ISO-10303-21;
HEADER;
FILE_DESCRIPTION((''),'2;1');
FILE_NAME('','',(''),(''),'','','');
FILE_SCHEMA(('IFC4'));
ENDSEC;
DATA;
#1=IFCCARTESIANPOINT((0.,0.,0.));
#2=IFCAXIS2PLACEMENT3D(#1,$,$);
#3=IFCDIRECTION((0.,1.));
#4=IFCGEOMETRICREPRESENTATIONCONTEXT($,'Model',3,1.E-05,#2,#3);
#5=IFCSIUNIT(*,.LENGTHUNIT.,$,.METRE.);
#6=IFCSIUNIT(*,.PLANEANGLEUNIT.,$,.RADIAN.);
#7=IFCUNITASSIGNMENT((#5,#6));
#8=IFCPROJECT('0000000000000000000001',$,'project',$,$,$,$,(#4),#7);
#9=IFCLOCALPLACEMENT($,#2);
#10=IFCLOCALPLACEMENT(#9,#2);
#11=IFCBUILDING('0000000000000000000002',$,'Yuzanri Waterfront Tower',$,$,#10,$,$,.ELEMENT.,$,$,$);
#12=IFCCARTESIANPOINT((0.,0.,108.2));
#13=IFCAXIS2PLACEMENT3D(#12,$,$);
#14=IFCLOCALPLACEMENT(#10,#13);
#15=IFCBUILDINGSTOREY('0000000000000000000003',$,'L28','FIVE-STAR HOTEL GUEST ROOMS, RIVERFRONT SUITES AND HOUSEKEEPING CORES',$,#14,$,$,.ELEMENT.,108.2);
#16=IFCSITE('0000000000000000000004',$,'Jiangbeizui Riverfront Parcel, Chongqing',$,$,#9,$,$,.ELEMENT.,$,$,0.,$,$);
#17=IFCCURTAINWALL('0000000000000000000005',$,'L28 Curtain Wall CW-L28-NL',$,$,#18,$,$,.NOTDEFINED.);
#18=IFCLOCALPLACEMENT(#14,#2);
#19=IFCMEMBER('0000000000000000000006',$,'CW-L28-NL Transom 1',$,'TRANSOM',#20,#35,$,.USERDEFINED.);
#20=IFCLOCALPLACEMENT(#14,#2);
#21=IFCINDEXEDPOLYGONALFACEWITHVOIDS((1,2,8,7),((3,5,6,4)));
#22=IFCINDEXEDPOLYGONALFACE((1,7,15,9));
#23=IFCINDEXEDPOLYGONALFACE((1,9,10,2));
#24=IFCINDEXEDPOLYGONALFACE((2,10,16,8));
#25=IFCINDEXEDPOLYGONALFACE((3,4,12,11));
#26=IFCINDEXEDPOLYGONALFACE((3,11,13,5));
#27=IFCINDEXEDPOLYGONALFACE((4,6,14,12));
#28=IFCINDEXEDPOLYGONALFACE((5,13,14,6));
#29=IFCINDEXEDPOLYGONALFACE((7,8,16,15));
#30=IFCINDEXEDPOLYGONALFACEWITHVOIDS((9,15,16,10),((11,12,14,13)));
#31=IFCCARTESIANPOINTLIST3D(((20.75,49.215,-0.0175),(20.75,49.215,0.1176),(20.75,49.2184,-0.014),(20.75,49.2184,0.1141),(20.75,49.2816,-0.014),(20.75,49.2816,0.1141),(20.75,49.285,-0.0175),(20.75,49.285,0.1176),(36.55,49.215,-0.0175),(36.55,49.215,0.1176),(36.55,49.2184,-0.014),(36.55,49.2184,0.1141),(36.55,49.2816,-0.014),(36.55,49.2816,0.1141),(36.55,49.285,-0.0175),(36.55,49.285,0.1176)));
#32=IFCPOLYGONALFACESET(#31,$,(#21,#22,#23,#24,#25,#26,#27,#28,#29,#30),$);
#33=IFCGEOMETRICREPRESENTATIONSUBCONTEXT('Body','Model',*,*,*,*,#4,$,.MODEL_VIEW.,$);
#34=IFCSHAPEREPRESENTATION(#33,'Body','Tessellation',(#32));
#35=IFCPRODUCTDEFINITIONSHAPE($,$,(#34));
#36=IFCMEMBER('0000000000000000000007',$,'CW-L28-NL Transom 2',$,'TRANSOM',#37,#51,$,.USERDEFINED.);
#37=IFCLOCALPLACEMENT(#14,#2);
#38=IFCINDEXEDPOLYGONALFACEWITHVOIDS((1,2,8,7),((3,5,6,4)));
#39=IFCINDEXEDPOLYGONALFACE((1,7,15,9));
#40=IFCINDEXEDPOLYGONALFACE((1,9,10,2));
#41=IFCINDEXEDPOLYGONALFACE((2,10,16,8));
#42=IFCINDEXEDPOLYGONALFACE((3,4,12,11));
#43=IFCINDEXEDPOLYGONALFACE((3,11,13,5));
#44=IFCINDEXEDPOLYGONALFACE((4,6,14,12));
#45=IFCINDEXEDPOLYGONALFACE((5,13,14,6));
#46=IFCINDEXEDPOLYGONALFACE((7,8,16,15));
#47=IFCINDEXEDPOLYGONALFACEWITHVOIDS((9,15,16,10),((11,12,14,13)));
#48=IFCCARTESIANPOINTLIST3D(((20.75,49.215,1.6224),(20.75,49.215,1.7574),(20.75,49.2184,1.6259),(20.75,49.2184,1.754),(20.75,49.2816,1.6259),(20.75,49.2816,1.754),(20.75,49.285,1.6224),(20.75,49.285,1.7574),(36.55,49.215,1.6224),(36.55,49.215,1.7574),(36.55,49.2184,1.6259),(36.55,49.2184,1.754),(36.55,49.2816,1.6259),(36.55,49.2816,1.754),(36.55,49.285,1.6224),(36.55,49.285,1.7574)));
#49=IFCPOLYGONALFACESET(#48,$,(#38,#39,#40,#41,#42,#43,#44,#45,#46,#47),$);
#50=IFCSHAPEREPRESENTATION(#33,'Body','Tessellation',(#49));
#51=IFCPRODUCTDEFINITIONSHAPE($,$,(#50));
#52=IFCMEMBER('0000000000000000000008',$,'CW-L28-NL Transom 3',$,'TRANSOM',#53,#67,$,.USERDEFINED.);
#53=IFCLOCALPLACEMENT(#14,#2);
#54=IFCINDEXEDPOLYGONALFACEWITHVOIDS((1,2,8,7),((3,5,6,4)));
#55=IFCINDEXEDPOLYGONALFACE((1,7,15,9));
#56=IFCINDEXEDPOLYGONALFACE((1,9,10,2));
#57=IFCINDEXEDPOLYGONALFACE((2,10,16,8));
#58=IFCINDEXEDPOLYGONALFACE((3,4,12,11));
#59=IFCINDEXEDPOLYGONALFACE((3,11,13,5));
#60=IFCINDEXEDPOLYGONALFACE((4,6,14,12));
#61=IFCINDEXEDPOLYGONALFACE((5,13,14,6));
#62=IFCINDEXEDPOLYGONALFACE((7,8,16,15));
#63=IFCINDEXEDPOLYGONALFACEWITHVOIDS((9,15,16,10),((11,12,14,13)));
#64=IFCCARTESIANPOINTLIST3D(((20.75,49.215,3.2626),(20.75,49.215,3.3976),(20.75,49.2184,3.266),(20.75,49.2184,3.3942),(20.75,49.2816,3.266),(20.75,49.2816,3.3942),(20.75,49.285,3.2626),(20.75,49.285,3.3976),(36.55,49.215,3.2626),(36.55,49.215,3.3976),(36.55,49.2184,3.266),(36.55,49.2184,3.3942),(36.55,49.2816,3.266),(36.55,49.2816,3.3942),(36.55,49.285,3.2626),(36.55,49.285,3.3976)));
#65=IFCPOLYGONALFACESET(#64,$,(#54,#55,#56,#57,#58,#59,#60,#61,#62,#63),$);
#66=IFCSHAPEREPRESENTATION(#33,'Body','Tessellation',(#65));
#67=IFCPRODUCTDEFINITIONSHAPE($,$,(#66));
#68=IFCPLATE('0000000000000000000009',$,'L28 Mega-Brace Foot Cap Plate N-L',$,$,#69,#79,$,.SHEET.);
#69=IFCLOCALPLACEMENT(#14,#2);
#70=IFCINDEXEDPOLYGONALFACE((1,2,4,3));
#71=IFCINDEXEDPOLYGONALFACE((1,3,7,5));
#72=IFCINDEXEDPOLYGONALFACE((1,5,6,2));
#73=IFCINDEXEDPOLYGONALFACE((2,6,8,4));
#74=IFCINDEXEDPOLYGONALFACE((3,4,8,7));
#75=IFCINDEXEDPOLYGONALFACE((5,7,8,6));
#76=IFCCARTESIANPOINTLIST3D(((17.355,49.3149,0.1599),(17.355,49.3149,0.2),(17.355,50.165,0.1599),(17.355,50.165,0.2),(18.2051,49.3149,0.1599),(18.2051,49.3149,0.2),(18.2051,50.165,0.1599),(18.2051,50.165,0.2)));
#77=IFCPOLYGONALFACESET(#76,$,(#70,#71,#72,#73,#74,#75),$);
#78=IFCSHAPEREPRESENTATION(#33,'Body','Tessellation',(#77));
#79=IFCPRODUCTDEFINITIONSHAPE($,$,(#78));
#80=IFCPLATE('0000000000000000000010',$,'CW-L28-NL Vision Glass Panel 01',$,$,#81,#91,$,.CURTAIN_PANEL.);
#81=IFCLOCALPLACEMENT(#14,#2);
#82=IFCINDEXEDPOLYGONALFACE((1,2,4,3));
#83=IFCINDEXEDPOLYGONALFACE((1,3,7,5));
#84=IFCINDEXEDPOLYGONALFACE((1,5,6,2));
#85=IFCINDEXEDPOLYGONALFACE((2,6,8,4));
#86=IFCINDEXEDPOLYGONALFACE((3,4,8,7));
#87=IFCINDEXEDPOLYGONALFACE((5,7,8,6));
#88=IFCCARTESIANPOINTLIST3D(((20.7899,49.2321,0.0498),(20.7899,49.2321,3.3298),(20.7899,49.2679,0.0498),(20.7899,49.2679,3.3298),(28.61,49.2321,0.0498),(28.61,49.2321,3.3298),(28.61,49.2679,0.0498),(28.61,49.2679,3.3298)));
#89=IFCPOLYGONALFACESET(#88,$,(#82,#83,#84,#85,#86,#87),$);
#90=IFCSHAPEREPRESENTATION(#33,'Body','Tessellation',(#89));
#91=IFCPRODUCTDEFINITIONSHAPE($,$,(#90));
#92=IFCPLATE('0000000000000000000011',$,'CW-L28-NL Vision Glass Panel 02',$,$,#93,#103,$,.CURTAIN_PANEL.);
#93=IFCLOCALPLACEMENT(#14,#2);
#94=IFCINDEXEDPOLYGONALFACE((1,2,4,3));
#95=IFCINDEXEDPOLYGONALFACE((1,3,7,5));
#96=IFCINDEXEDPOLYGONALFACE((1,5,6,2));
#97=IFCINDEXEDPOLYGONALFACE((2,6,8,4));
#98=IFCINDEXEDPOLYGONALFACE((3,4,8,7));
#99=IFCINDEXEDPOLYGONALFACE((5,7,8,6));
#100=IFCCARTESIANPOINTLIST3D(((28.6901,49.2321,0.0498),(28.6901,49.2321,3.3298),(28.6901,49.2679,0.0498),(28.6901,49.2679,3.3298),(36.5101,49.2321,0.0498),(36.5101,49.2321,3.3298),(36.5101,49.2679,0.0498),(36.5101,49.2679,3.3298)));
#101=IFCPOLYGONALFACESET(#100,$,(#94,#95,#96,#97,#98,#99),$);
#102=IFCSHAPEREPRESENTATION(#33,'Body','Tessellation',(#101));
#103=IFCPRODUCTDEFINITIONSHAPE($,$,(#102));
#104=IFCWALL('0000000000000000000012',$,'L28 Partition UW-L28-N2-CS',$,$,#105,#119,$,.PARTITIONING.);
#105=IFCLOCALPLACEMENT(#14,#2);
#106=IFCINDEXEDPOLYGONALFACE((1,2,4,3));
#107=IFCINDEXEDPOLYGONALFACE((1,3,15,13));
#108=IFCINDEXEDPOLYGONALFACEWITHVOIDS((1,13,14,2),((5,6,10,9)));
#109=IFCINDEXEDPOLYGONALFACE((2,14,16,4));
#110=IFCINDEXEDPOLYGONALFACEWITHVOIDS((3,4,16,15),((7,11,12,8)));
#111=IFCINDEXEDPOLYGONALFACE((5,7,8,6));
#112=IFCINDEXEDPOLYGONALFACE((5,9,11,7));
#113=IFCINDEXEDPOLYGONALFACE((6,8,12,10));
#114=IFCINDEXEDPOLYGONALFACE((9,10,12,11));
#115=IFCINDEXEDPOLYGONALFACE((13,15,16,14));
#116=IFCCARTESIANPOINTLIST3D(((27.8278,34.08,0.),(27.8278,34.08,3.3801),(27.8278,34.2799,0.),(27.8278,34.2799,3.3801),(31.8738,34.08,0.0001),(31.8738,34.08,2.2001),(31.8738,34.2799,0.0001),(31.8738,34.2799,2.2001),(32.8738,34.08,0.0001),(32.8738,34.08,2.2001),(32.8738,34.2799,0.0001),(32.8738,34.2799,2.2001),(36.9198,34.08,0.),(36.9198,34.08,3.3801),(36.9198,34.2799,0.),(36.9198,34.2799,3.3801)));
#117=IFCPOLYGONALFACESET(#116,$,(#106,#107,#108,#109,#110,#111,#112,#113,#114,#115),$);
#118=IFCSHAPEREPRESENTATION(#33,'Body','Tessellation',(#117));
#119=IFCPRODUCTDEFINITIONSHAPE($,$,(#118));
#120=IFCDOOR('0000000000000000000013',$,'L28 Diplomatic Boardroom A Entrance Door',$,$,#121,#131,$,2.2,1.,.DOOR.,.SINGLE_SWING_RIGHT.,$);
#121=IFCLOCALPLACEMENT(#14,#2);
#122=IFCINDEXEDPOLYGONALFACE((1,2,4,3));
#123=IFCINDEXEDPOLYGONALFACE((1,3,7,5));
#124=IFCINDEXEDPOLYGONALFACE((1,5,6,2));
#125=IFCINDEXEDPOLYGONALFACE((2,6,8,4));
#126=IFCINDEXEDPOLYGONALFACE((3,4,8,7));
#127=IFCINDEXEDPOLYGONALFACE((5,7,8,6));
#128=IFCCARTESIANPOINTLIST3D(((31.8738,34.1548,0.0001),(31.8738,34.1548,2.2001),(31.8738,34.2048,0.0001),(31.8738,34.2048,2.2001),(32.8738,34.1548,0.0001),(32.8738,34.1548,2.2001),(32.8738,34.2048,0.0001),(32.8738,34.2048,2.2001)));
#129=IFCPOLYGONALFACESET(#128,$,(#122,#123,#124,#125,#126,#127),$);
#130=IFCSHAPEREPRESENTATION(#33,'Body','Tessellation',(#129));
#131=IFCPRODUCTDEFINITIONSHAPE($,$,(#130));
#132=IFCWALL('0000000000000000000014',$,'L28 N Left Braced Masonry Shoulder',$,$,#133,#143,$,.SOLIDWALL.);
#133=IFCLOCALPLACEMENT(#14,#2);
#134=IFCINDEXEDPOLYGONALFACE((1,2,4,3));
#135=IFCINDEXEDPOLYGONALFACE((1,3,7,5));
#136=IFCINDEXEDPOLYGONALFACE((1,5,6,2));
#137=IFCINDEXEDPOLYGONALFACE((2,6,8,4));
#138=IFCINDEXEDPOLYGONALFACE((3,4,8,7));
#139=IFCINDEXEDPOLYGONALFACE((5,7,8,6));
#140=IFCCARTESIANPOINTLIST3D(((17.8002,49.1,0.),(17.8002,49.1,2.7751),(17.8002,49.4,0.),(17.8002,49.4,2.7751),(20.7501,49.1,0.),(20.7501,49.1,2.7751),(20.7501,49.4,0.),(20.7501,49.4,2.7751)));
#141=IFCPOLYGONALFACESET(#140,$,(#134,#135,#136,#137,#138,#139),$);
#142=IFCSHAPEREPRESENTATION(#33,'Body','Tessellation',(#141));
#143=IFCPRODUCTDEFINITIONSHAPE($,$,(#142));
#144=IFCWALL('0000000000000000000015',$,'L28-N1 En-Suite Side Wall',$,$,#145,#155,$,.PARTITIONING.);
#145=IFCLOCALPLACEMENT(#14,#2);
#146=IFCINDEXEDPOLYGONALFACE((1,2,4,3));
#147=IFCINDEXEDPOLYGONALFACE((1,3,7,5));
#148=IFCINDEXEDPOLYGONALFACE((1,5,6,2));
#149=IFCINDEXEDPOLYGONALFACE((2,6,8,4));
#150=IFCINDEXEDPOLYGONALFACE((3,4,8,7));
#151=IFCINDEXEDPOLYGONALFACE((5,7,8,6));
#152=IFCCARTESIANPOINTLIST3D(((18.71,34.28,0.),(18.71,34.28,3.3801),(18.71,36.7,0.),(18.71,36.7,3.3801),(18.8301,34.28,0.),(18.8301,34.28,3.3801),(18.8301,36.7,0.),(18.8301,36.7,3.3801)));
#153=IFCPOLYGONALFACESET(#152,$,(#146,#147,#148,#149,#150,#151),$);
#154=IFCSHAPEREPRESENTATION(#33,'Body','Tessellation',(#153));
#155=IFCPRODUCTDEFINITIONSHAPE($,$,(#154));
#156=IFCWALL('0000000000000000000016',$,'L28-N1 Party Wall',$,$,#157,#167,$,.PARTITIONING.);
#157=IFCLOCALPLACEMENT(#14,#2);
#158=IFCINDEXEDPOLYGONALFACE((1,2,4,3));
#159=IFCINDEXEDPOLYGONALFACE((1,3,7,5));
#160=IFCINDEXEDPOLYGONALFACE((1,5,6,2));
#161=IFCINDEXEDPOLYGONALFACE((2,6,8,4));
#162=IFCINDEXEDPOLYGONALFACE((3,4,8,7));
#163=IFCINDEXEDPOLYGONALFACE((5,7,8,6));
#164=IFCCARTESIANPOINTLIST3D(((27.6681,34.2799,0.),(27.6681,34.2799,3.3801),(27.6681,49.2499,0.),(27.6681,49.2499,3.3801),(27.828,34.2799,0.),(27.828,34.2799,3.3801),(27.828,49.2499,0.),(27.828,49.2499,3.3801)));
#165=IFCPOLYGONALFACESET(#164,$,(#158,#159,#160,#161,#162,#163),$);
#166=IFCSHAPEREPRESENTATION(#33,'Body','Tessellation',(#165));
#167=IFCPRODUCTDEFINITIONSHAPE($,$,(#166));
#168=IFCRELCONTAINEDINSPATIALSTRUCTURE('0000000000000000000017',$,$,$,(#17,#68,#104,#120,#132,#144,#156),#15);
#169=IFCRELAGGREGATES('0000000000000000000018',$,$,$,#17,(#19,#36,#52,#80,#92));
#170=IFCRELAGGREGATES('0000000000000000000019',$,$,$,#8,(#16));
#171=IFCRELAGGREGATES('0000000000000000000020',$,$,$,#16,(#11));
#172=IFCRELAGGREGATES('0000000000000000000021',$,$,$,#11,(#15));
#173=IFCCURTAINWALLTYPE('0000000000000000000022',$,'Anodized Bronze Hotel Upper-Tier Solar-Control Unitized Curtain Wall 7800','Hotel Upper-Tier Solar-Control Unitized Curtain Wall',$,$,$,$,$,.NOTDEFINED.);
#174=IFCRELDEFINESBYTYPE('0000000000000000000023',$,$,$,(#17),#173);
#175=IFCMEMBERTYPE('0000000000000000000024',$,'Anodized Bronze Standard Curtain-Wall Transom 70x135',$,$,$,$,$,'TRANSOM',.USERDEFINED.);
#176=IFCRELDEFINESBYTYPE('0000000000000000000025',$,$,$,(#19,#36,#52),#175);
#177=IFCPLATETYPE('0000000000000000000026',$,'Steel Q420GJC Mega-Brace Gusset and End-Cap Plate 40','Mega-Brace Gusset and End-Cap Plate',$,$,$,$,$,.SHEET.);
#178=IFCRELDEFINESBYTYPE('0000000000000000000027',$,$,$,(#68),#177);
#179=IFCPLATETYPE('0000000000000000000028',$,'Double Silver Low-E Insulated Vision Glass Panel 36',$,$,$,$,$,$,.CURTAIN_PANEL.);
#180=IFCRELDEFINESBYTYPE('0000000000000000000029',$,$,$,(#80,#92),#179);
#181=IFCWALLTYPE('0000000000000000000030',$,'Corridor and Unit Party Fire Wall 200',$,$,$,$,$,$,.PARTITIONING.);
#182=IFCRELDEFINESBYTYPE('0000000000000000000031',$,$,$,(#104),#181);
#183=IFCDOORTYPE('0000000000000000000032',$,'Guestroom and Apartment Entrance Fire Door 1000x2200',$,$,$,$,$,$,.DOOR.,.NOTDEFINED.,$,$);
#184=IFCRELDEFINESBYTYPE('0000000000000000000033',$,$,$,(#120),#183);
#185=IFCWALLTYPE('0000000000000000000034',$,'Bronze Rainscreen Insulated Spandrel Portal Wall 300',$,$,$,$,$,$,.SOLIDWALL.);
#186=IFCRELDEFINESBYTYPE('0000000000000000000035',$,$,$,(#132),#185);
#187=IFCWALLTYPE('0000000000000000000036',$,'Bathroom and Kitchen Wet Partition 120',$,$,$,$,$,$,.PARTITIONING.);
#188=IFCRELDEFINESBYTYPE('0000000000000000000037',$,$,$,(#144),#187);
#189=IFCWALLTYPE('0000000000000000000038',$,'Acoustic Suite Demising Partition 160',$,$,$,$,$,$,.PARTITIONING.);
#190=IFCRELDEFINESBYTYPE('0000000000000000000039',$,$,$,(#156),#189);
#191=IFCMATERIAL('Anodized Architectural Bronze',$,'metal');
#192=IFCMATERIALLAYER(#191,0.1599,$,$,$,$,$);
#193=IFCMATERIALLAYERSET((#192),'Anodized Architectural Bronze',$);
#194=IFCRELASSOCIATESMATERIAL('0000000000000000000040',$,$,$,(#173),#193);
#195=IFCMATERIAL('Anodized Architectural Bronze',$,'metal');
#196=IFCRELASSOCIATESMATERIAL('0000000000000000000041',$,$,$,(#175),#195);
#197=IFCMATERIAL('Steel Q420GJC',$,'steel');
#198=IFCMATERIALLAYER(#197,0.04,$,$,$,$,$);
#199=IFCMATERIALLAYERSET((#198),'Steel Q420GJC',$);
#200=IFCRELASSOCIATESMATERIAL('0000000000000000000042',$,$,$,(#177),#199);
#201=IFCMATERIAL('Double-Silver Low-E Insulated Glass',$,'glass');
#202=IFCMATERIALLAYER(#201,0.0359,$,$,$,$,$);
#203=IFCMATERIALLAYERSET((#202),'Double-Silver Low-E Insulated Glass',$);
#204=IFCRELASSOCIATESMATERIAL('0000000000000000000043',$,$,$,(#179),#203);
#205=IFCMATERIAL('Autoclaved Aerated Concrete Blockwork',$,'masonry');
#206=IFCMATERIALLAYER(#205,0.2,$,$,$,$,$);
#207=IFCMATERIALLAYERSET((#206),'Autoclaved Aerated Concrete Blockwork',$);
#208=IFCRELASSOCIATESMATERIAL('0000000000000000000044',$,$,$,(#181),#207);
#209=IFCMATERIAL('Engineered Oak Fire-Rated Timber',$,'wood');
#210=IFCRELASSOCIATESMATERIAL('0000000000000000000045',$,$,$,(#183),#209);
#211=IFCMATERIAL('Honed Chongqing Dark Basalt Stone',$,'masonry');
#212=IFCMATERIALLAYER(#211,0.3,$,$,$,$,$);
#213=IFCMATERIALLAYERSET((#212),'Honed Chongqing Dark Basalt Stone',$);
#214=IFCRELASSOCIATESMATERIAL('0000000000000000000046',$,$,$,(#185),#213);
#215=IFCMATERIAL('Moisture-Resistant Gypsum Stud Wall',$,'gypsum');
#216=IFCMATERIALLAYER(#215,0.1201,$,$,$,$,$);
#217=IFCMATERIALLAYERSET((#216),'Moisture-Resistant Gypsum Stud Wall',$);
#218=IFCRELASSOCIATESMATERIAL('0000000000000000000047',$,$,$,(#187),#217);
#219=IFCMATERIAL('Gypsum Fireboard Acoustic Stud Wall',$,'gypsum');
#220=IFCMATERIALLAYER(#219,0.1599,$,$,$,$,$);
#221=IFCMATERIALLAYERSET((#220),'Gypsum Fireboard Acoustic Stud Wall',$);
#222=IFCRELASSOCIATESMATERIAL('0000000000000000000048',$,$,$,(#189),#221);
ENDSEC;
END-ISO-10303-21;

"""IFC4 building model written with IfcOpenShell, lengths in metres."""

from ifc_helpers import new_model, si_unit, direction, frame, frame_2d, origin, origin_2d, place, context, subcontext, project, spatial, rectangle, hollow_rectangle, extrude, source, transform, mapped, material, layer, layer_set, material_profile, profile_set, type_object, element, fill, aggregate, save


model = new_model("IFC4")

# Units and contexts
model_context = context("Model", 3, precision=1e-05, world=origin(), true_north=direction((0.0, 1.0)))
body_context = subcontext(model_context, "Body", "Model", "MODEL_VIEW")
ifc_project = project(units=[si_unit("LENGTHUNIT", "METRE"), si_unit("PLANEANGLEUNIT", "RADIAN")], contexts=[model_context])

# Site, building, storey
site_placement = place(None, origin())
site = spatial("IfcSite", under=ifc_project, at=site_placement, Name="Jiangbeizui Riverfront Parcel, Chongqing", CompositionType="ELEMENT", RefElevation=0.0)
building_placement = place(site_placement, origin())
building = spatial("IfcBuilding", under=site, at=building_placement, Name="Yuzanri Waterfront Tower", CompositionType="ELEMENT")
storey_placement = place(building_placement, frame((0.0, 0.0, 108.2)))
storey = spatial("IfcBuildingStorey", under=building, at=storey_placement, Name="L28", Description="FIVE-STAR HOTEL GUEST ROOMS, RIVERFRONT SUITES AND HOUSEKEEPING CORES", CompositionType="ELEMENT", Elevation=108.2)

# Curtain wall, members
ifc_material_1 = material(Name="Anodized Architectural Bronze", Category="metal")
ifc_layer_1 = layer(ifc_material_1, 0.1599)
ifc_layer_set_1 = layer_set([ifc_layer_1], Name="Anodized Architectural Bronze")
curtain_wall_type = type_object("IfcCurtainWallType", Name="Anodized Bronze Hotel Upper-Tier Solar-Control Unitized Curtain Wall 7800", Description="Hotel Upper-Tier Solar-Control Unitized Curtain Wall", PredefinedType="NOTDEFINED", material=ifc_layer_set_1)
curtain_wall_placement = place(storey_placement, origin())
curtain_wall = element("IfcCurtainWall", 1, at=curtain_wall_placement, inside=storey, type_object=curtain_wall_type, Name="L28 Curtain Wall CW-L28-NL", PredefinedType="NOTDEFINED")
ifc_material_2 = material(Name="Anodized Architectural Bronze", Category="metal")
ifc_material_profile_1 = material_profile(ifc_material_2, hollow_rectangle(XDim=0.0701, YDim=0.135, WallThickness=0.0034, at=origin_2d()), Name="CWT 70x135")
ifc_profile_set_1 = profile_set([ifc_material_profile_1], Name="Anodized Architectural Bronze")
member_type_1 = type_object("IfcMemberType", Name="Anodized Bronze Standard Curtain-Wall Transom 70x135", ElementType="TRANSOM", PredefinedType="USERDEFINED", material=ifc_profile_set_1)
shared_shape_1 = source(origin(), body_context, "Body", "SweptSolid", [
    extrude(hollow_rectangle(XDim=0.0701, YDim=0.135, WallThickness=0.0034, at=origin_2d()), origin(), (0.0, 0.0, 1.0), 15.8),
])
member_1_placement = place(storey_placement, frame((20.75, 49.25, 0.05), z_axis=(1.0, 0.0, 0.0), x_axis=(0.0, 1.0, 0.0)))
member_1 = element("IfcMember", 2, at=member_1_placement, type_object=member_type_1, Name="CW-L28-NL Transom 1", ObjectType="TRANSOM", PredefinedType="USERDEFINED", context=body_context, shape_type="MappedRepresentation", body=[
    mapped(shared_shape_1, transform((0.0, 0.0, 0.0), scale=1.0)),
])
member_2_placement = place(storey_placement, frame((20.75, 49.25, 1.6899), z_axis=(1.0, 0.0, 0.0), x_axis=(0.0, 1.0, 0.0)))
member_2 = element("IfcMember", 3, at=member_2_placement, type_object=member_type_1, Name="CW-L28-NL Transom 2", ObjectType="TRANSOM", PredefinedType="USERDEFINED", context=body_context, shape_type="MappedRepresentation", body=[
    mapped(shared_shape_1, transform((0.0, 0.0, 0.0), scale=1.0)),
])
member_3_placement = place(storey_placement, frame((20.75, 49.25, 3.3301), z_axis=(1.0, 0.0, 0.0), x_axis=(0.0, 1.0, 0.0)))
member_3 = element("IfcMember", 4, at=member_3_placement, type_object=member_type_1, Name="CW-L28-NL Transom 3", ObjectType="TRANSOM", PredefinedType="USERDEFINED", context=body_context, shape_type="MappedRepresentation", body=[
    mapped(shared_shape_1, transform((0.0, 0.0, 0.0), scale=1.0)),
])

# Plates
ifc_material_3 = material(Name="Steel Q420GJC", Category="steel")
ifc_layer_2 = layer(ifc_material_3, 0.04)
ifc_layer_set_2 = layer_set([ifc_layer_2], Name="Steel Q420GJC")
plate_type_1 = type_object("IfcPlateType", Name="Steel Q420GJC Mega-Brace Gusset and End-Cap Plate 40", Description="Mega-Brace Gusset and End-Cap Plate", PredefinedType="SHEET", material=ifc_layer_set_2)
shared_shape_2 = source(origin(), body_context, "Body", "SweptSolid", [
    extrude(rectangle(XDim=0.8501, YDim=0.8501, at=origin_2d()), origin(), (0.0, 0.0, 1.0), 0.04),
])
plate_1_placement = place(storey_placement, frame((17.78, 49.74, 0.1599), z_axis=(0.0, 0.0, 1.0), x_axis=(1.0, 0.0, 0.0)))
element("IfcPlate", 5, at=plate_1_placement, inside=storey, type_object=plate_type_1, Name="L28 Mega-Brace Foot Cap Plate N-L", PredefinedType="SHEET", context=body_context, shape_type="MappedRepresentation", body=[
    mapped(shared_shape_2, transform((0.0, 0.0, 0.0), scale=1.0)),
])
ifc_material_4 = material(Name="Double-Silver Low-E Insulated Glass", Category="glass")
ifc_layer_3 = layer(ifc_material_4, 0.0359)
ifc_layer_set_3 = layer_set([ifc_layer_3], Name="Double-Silver Low-E Insulated Glass")
plate_type_2 = type_object("IfcPlateType", Name="Double Silver Low-E Insulated Vision Glass Panel 36", PredefinedType="CURTAIN_PANEL", material=ifc_layer_set_3)
shared_shape_3 = source(origin(), body_context, "Body", "SweptSolid", [
    extrude(rectangle(XDim=7.8201, YDim=0.0359, at=origin_2d()), origin(), (0.0, 0.0, 1.0), 3.28),
])
plate_2_placement = place(storey_placement, frame((24.7, 49.25, 0.0498), z_axis=(0.0, 0.0, 1.0), x_axis=(1.0, 0.0, 0.0)))
plate_2 = element("IfcPlate", 6, at=plate_2_placement, type_object=plate_type_2, Name="CW-L28-NL Vision Glass Panel 01", PredefinedType="CURTAIN_PANEL", context=body_context, shape_type="MappedRepresentation", body=[
    mapped(shared_shape_3, transform((0.0, 0.0, 0.0), scale=1.0)),
])
plate_3_placement = place(storey_placement, frame((32.6001, 49.25, 0.0498), z_axis=(0.0, 0.0, 1.0), x_axis=(1.0, 0.0, 0.0)))
plate_3 = element("IfcPlate", 7, at=plate_3_placement, type_object=plate_type_2, Name="CW-L28-NL Vision Glass Panel 02", PredefinedType="CURTAIN_PANEL", context=body_context, shape_type="MappedRepresentation", body=[
    mapped(shared_shape_3, transform((0.0, 0.0, 0.0), scale=1.0)),
])
aggregate(curtain_wall, [member_1, member_2, member_3, plate_2, plate_3])

# Wall, opening, door
ifc_material_5 = material(Name="Autoclaved Aerated Concrete Blockwork", Category="masonry")
ifc_layer_4 = layer(ifc_material_5, 0.2)
ifc_layer_set_4 = layer_set([ifc_layer_4], Name="Autoclaved Aerated Concrete Blockwork")
wall_type_1 = type_object("IfcWallType", Name="Corridor and Unit Party Fire Wall 200", PredefinedType="PARTITIONING", material=ifc_layer_set_4)
wall_1_placement = place(storey_placement, frame((27.8279, 34.1799, 0.0), z_axis=(0.0, 0.0, 1.0), x_axis=(1.0, 0.0, 0.0)))
wall_1 = element("IfcWall", 8, at=wall_1_placement, inside=storey, type_object=wall_type_1, Name="L28 Partition UW-L28-N2-CS", PredefinedType="PARTITIONING", context=body_context, shape_type="SweptSolid", body=[
    extrude(rectangle(XDim=9.092, YDim=0.2, at=frame_2d((4.5459, 0.0))), origin(), (0.0, 0.0, 1.0), 3.3801),
])
opening_placement = place(wall_1_placement, frame((4.0459, 0.0, 0.0)))
opening = element("IfcOpeningElement", 9, at=opening_placement, cuts=wall_1, PredefinedType="OPENING", context=body_context, shape_type="SweptSolid", body=[
    extrude(rectangle(XDim=1.0, YDim=2.2, at=frame_2d((0.5, 1.1001))), frame((0.0, 0.1147, 0.0), z_axis=(0.0, -1.0, 0.0), x_axis=(1.0, 0.0, 0.0)), (0.0, 0.0, 1.0), 0.2297),
])
ifc_material_6 = material(Name="Engineered Oak Fire-Rated Timber", Category="wood")
door_type = type_object("IfcDoorType", Name="Guestroom and Apartment Entrance Fire Door 1000x2200", OperationType="NOTDEFINED", PredefinedType="DOOR", material=ifc_material_6)
shared_shape_4 = source(origin(), body_context, "Body", "SweptSolid", [
    extrude(rectangle(XDim=1.0, YDim=2.2, at=frame_2d((0.5, 1.1001))), frame((0.0, 0.0249, 0.0), z_axis=(0.0, -1.0, 0.0), x_axis=(1.0, 0.0, 0.0)), (0.0, 0.0, 1.0), 0.05),
])
door_placement = place(opening_placement, origin())
door = element("IfcDoor", 10, at=door_placement, inside=storey, type_object=door_type, Name="L28 Diplomatic Boardroom A Entrance Door", OperationType="SINGLE_SWING_RIGHT", OverallHeight=2.2, OverallWidth=1.0, PredefinedType="DOOR", context=body_context, shape_type="MappedRepresentation", body=[
    mapped(shared_shape_4, transform((0.0, 0.0, 0.0), scale=1.0)),
])
fill(opening, door)

# Walls
ifc_material_7 = material(Name="Honed Chongqing Dark Basalt Stone", Category="masonry")
ifc_layer_5 = layer(ifc_material_7, 0.3)
ifc_layer_set_5 = layer_set([ifc_layer_5], Name="Honed Chongqing Dark Basalt Stone")
wall_type_2 = type_object("IfcWallType", Name="Bronze Rainscreen Insulated Spandrel Portal Wall 300", PredefinedType="SOLIDWALL", material=ifc_layer_set_5)
shared_shape_5 = source(origin(), body_context, "Body", "SweptSolid", [
    extrude(rectangle(XDim=2.95, YDim=0.3, at=frame_2d((1.4751, 0.0))), origin(), (0.0, 0.0, 1.0), 2.7751),
])
wall_2_placement = place(storey_placement, frame((17.8, 49.25, 0.0), z_axis=(0.0, 0.0, 1.0), x_axis=(1.0, 0.0, 0.0)))
element("IfcWall", 11, at=wall_2_placement, inside=storey, type_object=wall_type_2, Name="L28 N Left Braced Masonry Shoulder", PredefinedType="SOLIDWALL", context=body_context, shape_type="MappedRepresentation", body=[
    mapped(shared_shape_5, transform((0.0, 0.0, 0.0), scale=1.0)),
])
ifc_material_8 = material(Name="Moisture-Resistant Gypsum Stud Wall", Category="gypsum")
ifc_layer_6 = layer(ifc_material_8, 0.1201)
ifc_layer_set_6 = layer_set([ifc_layer_6], Name="Moisture-Resistant Gypsum Stud Wall")
wall_type_3 = type_object("IfcWallType", Name="Bathroom and Kitchen Wet Partition 120", PredefinedType="PARTITIONING", material=ifc_layer_set_6)
shared_shape_6 = source(origin(), body_context, "Body", "SweptSolid", [
    extrude(rectangle(XDim=2.4199, YDim=0.1201, at=frame_2d((1.21, 0.0))), origin(), (0.0, 0.0, 1.0), 3.3801),
])
wall_3_placement = place(storey_placement, frame((18.77, 34.28, 0.0), z_axis=(0.0, 0.0, 1.0), x_axis=(0.0, 1.0, 0.0)))
element("IfcWall", 12, at=wall_3_placement, inside=storey, type_object=wall_type_3, Name="L28-N1 En-Suite Side Wall", PredefinedType="PARTITIONING", context=body_context, shape_type="MappedRepresentation", body=[
    mapped(shared_shape_6, transform((0.0, 0.0, 0.0), scale=1.0)),
])
ifc_material_9 = material(Name="Gypsum Fireboard Acoustic Stud Wall", Category="gypsum")
ifc_layer_7 = layer(ifc_material_9, 0.1599)
ifc_layer_set_7 = layer_set([ifc_layer_7], Name="Gypsum Fireboard Acoustic Stud Wall")
wall_type_4 = type_object("IfcWallType", Name="Acoustic Suite Demising Partition 160", PredefinedType="PARTITIONING", material=ifc_layer_set_7)
shared_shape_7 = source(origin(), body_context, "Body", "SweptSolid", [
    extrude(rectangle(XDim=14.97, YDim=0.1599, at=frame_2d((7.4849, 0.0))), origin(), (0.0, 0.0, 1.0), 3.3801),
])
wall_4_placement = place(storey_placement, frame((27.748, 34.28, 0.0), z_axis=(0.0, 0.0, 1.0), x_axis=(0.0, 1.0, 0.0)))
element("IfcWall", 13, at=wall_4_placement, inside=storey, type_object=wall_type_4, Name="L28-N1 Party Wall", PredefinedType="PARTITIONING", context=body_context, shape_type="MappedRepresentation", body=[
    mapped(shared_shape_7, transform((0.0, 0.0, 0.0), scale=1.0)),
])

save(model, "model.ifc")
